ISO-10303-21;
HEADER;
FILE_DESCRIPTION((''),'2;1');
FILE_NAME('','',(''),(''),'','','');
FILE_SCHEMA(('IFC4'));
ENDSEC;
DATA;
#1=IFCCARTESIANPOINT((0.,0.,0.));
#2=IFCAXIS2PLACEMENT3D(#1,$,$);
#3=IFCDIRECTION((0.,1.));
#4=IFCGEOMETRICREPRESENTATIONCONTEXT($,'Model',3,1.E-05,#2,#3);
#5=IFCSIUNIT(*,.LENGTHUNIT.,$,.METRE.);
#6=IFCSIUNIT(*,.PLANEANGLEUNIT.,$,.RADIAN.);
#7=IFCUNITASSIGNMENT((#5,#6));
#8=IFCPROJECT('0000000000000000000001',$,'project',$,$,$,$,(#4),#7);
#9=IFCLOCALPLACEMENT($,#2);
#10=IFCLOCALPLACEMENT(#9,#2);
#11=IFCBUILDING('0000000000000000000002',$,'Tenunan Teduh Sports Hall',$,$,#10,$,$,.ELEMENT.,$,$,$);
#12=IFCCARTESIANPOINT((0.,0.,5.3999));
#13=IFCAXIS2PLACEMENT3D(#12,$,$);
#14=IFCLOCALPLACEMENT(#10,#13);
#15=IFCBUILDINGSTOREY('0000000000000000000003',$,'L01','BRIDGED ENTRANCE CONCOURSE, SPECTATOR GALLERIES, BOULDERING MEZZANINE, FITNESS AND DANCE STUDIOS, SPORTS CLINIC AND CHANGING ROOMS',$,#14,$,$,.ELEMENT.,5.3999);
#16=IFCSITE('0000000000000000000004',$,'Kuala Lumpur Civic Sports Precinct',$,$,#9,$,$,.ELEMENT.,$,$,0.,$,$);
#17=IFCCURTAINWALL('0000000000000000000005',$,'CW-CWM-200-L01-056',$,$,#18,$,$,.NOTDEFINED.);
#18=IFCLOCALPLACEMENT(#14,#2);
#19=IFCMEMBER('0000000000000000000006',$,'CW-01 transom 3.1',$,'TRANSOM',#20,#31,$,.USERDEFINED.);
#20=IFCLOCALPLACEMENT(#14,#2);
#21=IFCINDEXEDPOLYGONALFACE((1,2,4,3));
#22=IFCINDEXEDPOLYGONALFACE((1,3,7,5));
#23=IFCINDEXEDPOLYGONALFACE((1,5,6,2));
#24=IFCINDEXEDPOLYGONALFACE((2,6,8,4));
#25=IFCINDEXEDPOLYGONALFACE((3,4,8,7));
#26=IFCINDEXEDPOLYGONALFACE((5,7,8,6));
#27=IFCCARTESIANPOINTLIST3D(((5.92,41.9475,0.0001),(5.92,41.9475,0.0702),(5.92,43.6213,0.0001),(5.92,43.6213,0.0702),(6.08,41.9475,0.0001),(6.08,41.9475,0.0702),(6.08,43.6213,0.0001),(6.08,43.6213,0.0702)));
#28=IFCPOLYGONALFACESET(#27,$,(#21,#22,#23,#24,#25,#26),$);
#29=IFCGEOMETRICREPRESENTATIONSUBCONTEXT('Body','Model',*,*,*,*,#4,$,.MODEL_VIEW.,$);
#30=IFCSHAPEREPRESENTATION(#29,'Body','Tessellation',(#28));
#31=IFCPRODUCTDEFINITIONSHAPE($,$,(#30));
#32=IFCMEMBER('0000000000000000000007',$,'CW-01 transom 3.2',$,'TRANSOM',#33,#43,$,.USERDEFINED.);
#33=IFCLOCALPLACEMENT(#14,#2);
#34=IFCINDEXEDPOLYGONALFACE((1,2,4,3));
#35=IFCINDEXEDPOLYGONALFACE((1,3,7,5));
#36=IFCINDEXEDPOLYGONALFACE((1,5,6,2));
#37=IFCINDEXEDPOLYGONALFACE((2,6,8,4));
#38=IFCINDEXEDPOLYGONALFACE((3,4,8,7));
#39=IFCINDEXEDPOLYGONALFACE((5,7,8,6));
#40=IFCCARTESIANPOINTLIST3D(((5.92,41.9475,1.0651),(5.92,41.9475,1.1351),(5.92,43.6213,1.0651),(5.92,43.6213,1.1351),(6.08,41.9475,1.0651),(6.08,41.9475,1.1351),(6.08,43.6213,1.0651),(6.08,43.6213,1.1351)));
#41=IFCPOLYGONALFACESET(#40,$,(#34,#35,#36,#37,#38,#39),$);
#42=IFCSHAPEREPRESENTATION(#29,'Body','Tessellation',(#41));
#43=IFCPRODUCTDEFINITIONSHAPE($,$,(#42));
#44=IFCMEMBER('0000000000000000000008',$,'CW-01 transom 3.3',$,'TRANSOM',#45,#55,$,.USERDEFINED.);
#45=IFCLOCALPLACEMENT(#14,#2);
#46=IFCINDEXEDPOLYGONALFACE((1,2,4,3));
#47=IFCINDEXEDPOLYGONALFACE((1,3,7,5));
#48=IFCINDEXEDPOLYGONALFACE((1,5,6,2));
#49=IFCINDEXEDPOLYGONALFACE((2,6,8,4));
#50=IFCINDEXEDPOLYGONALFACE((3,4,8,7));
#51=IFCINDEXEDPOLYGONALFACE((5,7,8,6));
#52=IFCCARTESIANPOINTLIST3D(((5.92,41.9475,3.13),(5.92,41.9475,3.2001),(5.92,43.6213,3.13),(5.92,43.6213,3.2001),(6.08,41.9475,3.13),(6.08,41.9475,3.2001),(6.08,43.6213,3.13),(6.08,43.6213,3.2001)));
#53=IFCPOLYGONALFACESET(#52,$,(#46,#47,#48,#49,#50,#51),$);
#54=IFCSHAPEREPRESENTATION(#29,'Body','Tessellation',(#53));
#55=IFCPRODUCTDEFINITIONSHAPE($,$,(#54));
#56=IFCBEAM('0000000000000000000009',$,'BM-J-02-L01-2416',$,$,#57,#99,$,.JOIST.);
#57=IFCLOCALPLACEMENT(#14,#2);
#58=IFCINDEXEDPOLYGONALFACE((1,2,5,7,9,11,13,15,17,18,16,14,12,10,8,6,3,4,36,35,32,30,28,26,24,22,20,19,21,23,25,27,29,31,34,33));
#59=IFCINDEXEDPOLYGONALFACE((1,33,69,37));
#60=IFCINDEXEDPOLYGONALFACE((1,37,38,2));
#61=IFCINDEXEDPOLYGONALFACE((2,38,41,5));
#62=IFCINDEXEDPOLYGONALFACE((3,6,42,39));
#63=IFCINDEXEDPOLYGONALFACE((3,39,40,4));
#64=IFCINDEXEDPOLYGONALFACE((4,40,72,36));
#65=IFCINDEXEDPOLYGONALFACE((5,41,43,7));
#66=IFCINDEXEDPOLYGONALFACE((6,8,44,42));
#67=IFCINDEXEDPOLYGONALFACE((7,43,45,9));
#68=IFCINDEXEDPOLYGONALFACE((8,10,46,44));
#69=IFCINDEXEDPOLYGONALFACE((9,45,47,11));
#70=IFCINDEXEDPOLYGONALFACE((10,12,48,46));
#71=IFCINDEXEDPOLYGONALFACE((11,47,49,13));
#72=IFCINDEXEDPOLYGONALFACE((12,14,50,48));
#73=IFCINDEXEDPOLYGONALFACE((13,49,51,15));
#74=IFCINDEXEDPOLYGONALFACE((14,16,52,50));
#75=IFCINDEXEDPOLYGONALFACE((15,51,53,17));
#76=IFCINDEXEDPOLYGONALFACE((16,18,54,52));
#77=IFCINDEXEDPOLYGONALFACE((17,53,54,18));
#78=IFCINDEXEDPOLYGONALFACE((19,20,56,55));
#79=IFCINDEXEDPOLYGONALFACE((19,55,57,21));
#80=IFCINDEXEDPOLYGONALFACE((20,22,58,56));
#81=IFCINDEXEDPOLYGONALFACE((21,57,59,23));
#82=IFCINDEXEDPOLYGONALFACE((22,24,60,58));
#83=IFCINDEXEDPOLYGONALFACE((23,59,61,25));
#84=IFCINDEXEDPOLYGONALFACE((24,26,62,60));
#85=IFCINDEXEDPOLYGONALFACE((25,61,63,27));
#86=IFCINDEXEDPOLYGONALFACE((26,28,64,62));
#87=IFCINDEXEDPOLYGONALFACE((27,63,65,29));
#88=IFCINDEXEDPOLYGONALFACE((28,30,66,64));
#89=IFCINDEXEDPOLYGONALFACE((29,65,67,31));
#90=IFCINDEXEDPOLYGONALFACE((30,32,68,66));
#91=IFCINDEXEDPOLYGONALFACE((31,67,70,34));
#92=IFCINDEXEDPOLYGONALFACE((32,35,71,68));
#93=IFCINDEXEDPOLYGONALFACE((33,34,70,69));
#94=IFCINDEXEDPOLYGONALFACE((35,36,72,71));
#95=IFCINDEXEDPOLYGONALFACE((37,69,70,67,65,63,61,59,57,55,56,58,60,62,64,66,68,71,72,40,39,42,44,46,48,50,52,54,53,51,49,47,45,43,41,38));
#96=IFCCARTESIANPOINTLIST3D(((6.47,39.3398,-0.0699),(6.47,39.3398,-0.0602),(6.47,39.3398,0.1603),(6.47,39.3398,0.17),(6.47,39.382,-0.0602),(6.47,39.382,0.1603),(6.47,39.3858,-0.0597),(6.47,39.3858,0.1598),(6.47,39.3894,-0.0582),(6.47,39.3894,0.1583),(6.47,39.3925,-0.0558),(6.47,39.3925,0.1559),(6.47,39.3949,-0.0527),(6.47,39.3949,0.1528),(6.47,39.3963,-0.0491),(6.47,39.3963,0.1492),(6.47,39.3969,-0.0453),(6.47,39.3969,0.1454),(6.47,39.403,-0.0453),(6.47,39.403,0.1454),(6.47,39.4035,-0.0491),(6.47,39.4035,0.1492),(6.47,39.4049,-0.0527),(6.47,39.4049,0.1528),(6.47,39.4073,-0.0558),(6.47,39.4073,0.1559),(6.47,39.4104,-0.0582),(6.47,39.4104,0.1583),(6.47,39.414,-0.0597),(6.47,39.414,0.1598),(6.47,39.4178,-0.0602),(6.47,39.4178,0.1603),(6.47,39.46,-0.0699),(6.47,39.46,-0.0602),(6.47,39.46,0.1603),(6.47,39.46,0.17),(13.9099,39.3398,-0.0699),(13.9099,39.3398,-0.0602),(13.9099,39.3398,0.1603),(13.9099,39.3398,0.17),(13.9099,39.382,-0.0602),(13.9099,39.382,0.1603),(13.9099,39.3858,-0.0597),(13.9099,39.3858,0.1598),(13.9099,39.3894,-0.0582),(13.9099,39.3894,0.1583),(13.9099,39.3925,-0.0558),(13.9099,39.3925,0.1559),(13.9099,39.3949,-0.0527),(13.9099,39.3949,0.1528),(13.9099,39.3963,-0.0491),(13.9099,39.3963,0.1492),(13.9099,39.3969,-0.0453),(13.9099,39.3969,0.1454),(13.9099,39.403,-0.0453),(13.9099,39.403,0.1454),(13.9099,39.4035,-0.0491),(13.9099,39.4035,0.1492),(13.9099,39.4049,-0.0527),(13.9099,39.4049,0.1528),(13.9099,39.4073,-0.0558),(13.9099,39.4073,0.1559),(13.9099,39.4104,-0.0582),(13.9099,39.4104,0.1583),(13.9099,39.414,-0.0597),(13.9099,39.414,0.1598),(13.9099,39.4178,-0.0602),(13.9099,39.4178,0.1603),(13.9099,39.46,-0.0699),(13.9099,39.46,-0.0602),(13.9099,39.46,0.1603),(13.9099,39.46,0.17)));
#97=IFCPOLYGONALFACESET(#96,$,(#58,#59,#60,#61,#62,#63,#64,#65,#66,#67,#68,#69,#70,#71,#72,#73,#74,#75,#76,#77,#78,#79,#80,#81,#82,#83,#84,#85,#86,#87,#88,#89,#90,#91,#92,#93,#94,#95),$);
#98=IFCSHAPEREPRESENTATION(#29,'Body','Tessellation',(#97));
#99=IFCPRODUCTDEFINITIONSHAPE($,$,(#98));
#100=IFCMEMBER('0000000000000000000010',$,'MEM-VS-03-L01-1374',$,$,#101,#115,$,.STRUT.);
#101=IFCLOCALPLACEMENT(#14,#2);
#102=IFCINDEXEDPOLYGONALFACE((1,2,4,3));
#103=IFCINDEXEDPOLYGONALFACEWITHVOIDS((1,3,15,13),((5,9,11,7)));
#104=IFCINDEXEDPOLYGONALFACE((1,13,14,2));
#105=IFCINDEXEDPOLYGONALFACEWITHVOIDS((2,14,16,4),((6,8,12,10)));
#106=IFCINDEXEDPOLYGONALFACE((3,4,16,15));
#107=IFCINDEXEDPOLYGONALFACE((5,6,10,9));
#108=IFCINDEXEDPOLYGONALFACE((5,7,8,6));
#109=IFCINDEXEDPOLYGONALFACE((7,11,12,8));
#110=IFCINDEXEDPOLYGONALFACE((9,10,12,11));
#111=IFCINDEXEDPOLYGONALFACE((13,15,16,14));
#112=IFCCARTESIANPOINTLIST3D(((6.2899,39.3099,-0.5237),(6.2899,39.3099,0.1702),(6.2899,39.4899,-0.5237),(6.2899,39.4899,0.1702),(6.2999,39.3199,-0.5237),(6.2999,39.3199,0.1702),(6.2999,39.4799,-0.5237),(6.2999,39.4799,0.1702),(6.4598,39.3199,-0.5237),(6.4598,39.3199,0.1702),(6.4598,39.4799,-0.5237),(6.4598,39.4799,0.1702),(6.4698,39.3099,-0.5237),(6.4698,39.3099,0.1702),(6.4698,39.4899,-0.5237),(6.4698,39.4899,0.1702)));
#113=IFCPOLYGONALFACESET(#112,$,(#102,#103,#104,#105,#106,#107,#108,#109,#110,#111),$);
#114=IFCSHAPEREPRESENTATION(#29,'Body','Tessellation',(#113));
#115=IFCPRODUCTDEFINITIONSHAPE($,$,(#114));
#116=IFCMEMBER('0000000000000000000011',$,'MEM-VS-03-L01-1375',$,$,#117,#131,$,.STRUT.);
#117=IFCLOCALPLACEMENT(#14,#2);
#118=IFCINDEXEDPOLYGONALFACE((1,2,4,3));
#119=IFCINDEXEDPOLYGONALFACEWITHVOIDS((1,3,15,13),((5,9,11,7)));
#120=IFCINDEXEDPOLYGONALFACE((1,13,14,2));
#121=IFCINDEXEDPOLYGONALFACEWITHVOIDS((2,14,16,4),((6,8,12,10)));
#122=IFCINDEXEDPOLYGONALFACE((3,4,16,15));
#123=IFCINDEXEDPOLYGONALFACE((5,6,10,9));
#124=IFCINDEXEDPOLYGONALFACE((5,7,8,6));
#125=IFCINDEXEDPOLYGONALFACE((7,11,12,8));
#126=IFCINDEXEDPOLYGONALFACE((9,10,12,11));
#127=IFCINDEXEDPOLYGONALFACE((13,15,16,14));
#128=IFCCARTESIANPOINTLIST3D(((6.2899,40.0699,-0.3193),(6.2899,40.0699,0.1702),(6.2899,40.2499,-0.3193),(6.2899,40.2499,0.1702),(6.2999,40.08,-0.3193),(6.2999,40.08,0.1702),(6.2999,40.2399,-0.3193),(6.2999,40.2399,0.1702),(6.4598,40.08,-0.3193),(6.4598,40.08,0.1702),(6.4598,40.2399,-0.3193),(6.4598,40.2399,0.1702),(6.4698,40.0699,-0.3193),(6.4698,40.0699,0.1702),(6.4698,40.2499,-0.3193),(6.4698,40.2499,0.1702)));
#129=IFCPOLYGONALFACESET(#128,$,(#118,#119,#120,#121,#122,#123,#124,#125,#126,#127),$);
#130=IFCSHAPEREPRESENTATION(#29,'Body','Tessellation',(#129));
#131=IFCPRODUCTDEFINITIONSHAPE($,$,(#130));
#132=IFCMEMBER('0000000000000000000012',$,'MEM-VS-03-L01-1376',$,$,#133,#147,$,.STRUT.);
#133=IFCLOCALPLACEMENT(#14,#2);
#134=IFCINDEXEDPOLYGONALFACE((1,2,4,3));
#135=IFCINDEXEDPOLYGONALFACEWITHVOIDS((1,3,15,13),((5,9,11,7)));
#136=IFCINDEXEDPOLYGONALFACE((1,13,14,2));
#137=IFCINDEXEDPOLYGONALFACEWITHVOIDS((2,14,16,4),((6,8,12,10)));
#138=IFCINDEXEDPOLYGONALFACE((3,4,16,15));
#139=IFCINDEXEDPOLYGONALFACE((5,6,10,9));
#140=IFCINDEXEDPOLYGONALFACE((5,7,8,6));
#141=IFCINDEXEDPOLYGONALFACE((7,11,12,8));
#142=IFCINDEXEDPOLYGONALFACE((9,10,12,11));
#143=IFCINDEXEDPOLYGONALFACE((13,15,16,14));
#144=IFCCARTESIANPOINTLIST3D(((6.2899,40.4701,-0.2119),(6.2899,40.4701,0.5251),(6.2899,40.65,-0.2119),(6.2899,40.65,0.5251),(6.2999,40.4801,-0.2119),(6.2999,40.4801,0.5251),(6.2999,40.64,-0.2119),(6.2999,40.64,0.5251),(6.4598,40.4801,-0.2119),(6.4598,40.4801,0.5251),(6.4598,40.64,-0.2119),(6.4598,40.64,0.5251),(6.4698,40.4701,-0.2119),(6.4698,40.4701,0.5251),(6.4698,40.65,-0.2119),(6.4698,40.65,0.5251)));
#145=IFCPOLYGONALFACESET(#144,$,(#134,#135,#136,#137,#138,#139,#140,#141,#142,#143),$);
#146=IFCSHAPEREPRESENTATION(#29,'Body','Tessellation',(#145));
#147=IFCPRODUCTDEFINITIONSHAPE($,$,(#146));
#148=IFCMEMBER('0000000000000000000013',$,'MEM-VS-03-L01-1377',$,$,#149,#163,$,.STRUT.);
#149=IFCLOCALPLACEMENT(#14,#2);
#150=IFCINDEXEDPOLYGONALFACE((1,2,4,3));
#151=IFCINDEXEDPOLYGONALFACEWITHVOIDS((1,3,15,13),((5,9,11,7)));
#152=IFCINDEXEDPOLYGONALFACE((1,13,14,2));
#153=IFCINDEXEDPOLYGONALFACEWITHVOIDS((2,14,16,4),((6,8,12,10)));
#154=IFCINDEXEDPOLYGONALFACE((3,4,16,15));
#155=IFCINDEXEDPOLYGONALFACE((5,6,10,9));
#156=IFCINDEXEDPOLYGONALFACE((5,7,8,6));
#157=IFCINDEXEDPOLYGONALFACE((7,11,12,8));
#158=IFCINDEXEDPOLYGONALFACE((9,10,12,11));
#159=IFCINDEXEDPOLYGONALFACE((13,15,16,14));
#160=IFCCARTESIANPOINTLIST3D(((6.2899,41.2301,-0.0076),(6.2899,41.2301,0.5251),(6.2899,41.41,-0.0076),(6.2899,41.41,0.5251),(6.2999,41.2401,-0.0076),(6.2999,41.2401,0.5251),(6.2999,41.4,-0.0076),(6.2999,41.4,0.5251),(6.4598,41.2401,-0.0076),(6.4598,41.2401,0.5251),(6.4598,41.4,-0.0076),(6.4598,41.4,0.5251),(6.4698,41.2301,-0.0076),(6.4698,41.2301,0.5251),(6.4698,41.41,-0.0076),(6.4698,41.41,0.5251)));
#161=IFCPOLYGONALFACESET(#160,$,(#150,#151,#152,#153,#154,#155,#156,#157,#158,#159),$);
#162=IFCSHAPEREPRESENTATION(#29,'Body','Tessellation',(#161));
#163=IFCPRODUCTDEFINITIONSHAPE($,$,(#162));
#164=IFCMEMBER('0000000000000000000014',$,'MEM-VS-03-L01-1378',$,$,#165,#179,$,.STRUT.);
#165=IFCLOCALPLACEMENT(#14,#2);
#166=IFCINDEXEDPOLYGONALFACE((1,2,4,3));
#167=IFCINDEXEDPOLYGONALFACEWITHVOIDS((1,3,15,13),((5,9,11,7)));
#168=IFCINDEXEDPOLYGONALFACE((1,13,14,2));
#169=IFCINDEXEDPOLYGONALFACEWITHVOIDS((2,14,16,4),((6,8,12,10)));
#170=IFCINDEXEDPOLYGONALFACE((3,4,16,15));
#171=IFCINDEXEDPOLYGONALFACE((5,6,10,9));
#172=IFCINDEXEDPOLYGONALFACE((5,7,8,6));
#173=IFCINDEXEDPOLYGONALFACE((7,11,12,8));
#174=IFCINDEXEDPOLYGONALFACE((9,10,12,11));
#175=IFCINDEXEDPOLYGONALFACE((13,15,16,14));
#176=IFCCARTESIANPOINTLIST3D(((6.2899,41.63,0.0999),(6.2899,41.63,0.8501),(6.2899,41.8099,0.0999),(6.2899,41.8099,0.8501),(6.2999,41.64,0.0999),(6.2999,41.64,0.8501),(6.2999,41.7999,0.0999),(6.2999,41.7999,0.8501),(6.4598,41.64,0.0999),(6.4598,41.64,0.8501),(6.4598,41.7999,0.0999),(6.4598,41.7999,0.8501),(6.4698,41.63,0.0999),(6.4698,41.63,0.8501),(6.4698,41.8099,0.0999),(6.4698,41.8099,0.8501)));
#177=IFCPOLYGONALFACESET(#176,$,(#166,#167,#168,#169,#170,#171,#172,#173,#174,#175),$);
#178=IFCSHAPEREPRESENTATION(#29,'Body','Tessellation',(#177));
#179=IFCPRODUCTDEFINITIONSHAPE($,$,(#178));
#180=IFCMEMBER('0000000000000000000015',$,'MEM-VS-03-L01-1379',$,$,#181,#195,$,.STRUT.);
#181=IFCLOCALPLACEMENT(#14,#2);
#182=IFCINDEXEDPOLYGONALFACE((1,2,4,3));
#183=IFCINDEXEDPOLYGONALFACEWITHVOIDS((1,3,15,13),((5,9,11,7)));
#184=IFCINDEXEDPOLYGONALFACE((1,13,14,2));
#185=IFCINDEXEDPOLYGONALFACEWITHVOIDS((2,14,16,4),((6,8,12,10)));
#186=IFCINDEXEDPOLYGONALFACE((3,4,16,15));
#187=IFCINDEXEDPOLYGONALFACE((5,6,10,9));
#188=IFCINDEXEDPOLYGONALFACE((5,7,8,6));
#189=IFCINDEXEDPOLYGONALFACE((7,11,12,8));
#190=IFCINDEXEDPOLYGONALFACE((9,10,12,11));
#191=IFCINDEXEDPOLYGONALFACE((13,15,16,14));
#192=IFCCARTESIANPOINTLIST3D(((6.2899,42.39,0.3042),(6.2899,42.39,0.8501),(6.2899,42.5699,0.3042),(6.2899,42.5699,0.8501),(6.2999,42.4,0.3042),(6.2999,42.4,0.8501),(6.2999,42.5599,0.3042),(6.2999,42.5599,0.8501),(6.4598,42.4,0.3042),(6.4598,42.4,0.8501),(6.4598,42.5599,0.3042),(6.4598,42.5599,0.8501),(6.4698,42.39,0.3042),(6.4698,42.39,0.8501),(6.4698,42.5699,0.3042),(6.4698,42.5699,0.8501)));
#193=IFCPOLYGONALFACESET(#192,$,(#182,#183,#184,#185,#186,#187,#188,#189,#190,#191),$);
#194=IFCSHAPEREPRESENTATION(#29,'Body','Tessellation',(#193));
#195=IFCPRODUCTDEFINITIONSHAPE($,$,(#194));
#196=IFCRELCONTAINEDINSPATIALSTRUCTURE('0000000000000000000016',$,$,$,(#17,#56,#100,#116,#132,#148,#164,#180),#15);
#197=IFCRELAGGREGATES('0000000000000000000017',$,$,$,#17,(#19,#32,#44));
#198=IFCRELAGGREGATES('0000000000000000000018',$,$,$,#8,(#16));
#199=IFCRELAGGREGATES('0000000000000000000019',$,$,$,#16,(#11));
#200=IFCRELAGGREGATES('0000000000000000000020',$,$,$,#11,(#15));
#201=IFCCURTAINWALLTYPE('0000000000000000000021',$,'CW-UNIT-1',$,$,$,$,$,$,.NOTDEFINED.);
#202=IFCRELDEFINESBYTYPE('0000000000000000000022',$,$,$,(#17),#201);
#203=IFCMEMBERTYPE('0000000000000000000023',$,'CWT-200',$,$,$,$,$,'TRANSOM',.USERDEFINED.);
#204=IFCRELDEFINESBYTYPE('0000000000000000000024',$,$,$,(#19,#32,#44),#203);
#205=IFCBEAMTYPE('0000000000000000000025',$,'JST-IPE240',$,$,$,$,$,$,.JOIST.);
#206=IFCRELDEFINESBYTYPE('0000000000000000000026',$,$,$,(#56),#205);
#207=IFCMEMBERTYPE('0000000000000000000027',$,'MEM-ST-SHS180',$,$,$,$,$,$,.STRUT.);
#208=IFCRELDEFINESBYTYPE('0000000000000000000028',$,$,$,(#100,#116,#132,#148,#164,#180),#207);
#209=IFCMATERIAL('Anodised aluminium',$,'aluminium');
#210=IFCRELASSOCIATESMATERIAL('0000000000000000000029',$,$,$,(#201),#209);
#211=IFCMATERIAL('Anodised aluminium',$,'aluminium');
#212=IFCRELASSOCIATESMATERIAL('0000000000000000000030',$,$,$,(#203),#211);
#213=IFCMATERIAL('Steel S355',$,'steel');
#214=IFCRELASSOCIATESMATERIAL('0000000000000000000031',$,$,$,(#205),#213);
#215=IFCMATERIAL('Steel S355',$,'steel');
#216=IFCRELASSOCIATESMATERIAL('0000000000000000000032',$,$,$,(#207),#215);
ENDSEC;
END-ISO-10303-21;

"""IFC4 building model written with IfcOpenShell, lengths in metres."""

from ifc_helpers import new_model, si_unit, direction, frame, origin, origin_2d, place, context, subcontext, project, spatial, rectangle, hollow_rectangle, i_section, extrude, material, material_profile, profile_set, type_object, element, aggregate, save


model = new_model("IFC4")

# Units and contexts
model_context = context("Model", 3, precision=1e-05, world=origin(), true_north=direction((0.0, 1.0)))
body_context = subcontext(model_context, "Body", "Model", "MODEL_VIEW")
ifc_project = project(units=[si_unit("LENGTHUNIT", "METRE"), si_unit("PLANEANGLEUNIT", "RADIAN")], contexts=[model_context])

# Site, building, storey
site_placement = place(None, origin())
site = spatial("IfcSite", under=ifc_project, at=site_placement, Name="Kuala Lumpur Civic Sports Precinct", CompositionType="ELEMENT", RefElevation=0.0)
building_placement = place(site_placement, origin())
building = spatial("IfcBuilding", under=site, at=building_placement, Name="Tenunan Teduh Sports Hall", CompositionType="ELEMENT")
storey_placement = place(building_placement, frame((0.0, 0.0, 5.3999)))
storey = spatial("IfcBuildingStorey", under=building, at=storey_placement, Name="L01", Description="BRIDGED ENTRANCE CONCOURSE, SPECTATOR GALLERIES, BOULDERING MEZZANINE, FITNESS AND DANCE STUDIOS, SPORTS CLINIC AND CHANGING ROOMS", CompositionType="ELEMENT", Elevation=5.3999)

# Shared definitions
ifc_material_1 = material(Name="Anodised aluminium", Category="aluminium")
curtain_wall_type = type_object("IfcCurtainWallType", Name="CW-UNIT-1", PredefinedType="NOTDEFINED", material=ifc_material_1)

# Curtain wall, members
curtain_wall_1_placement = place(storey_placement, origin())
curtain_wall_1 = element("IfcCurtainWall", 1, at=curtain_wall_1_placement, inside=storey, type_object=curtain_wall_type, Name="CW-CWM-200-L01-056", PredefinedType="NOTDEFINED")
ifc_material_2 = material(Name="Anodised aluminium", Category="aluminium")
ifc_material_profile_1 = material_profile(ifc_material_2, rectangle(XDim=0.0701, YDim=0.1599, at=origin_2d()), Name="CWT 70x160")
ifc_profile_set_1 = profile_set([ifc_material_profile_1], Name="Anodised aluminium")
member_type_1 = type_object("IfcMemberType", Name="CWT-200", ElementType="TRANSOM", PredefinedType="USERDEFINED", material=ifc_profile_set_1)
member_1_placement = place(storey_placement, frame((6.0, 41.9475, 0.0352), z_axis=(0.0, 1.0, 0.0), x_axis=(0.0, 0.0, 1.0)))
member_1 = element("IfcMember", 2, at=member_1_placement, type_object=member_type_1, Name="CW-01 transom 3.1", ObjectType="TRANSOM", PredefinedType="USERDEFINED", context=body_context, shape_type="SweptSolid", body=[
    extrude(rectangle(XDim=0.0701, YDim=0.1599, at=origin_2d()), origin(), (0.0, 0.0, 1.0), 1.6738),
])
member_2_placement = place(storey_placement, frame((6.0, 41.9475, 1.1001), z_axis=(0.0, 1.0, 0.0), x_axis=(0.0, 0.0, 1.0)))
member_2 = element("IfcMember", 3, at=member_2_placement, type_object=member_type_1, Name="CW-01 transom 3.2", ObjectType="TRANSOM", PredefinedType="USERDEFINED", context=body_context, shape_type="SweptSolid", body=[
    extrude(rectangle(XDim=0.0701, YDim=0.1599, at=origin_2d()), origin(), (0.0, 0.0, 1.0), 1.6738),
])
member_3_placement = place(storey_placement, frame((6.0, 41.9475, 3.165), z_axis=(0.0, 1.0, 0.0), x_axis=(0.0, 0.0, 1.0)))
member_3 = element("IfcMember", 4, at=member_3_placement, type_object=member_type_1, Name="CW-01 transom 3.3", ObjectType="TRANSOM", PredefinedType="USERDEFINED", context=body_context, shape_type="SweptSolid", body=[
    extrude(rectangle(XDim=0.0701, YDim=0.1599, at=origin_2d()), origin(), (0.0, 0.0, 1.0), 1.6738),
])

# Beam
ifc_material_3 = material(Name="Steel S355", Category="steel")
ifc_material_profile_2 = material_profile(ifc_material_3, i_section(OverallWidth=0.1201, OverallDepth=0.24, WebThickness=0.0061, FlangeThickness=0.0098, FilletRadius=0.0149, at=origin_2d()), Name="IPE 240")
ifc_profile_set_2 = profile_set([ifc_material_profile_2], Name="Steel S355")
beam_type_1 = type_object("IfcBeamType", Name="JST-IPE240", PredefinedType="JOIST", material=ifc_profile_set_2)
beam_1_placement = place(storey_placement, frame((6.47, 39.3999, 0.05), z_axis=(1.0, 0.0, 0.0), x_axis=(0.0, 1.0, 0.0)))
element("IfcBeam", 5, at=beam_1_placement, inside=storey, type_object=beam_type_1, Name="BM-J-02-L01-2416", PredefinedType="JOIST", context=body_context, shape_type="SweptSolid", body=[
    extrude(i_section(OverallWidth=0.1201, OverallDepth=0.24, WebThickness=0.0061, FlangeThickness=0.0098, FilletRadius=0.0149, at=origin_2d()), origin(), (0.0, 0.0, 1.0), 7.4399),
])

# Members
ifc_material_4 = material(Name="Steel S355", Category="steel")
ifc_material_profile_3 = material_profile(ifc_material_4, hollow_rectangle(XDim=0.1799, YDim=0.1799, WallThickness=0.01, at=origin_2d()), Name="SHS 180x180x10.0")
ifc_profile_set_3 = profile_set([ifc_material_profile_3], Name="Steel S355")
member_type_2 = type_object("IfcMemberType", Name="MEM-ST-SHS180", PredefinedType="STRUT", material=ifc_profile_set_3)
member_4_placement = place(storey_placement, frame((6.3799, 39.3999, -0.5237), z_axis=(0.0, 0.0, 1.0), x_axis=(1.0, 0.0, 0.0)))
element("IfcMember", 6, at=member_4_placement, inside=storey, type_object=member_type_2, Name="MEM-VS-03-L01-1374", PredefinedType="STRUT", context=body_context, shape_type="SweptSolid", body=[
    extrude(hollow_rectangle(XDim=0.1799, YDim=0.1799, WallThickness=0.01, at=origin_2d()), origin(), (0.0, 0.0, 1.0), 0.6938),
])
member_5_placement = place(storey_placement, frame((6.3799, 40.1599, -0.3193), z_axis=(0.0, 0.0, 1.0), x_axis=(1.0, 0.0, 0.0)))
element("IfcMember", 7, at=member_5_placement, inside=storey, type_object=member_type_2, Name="MEM-VS-03-L01-1375", PredefinedType="STRUT", context=body_context, shape_type="SweptSolid", body=[
    extrude(hollow_rectangle(XDim=0.1799, YDim=0.1799, WallThickness=0.01, at=origin_2d()), origin(), (0.0, 0.0, 1.0), 0.4895),
])
member_6_placement = place(storey_placement, frame((6.3799, 40.5601, -0.2119), z_axis=(0.0, 0.0, 1.0), x_axis=(1.0, 0.0, 0.0)))
element("IfcMember", 8, at=member_6_placement, inside=storey, type_object=member_type_2, Name="MEM-VS-03-L01-1376", PredefinedType="STRUT", context=body_context, shape_type="SweptSolid", body=[
    extrude(hollow_rectangle(XDim=0.1799, YDim=0.1799, WallThickness=0.01, at=origin_2d()), origin(), (0.0, 0.0, 1.0), 0.7371),
])
member_7_placement = place(storey_placement, frame((6.3799, 41.3201, -0.0076), z_axis=(0.0, 0.0, 1.0), x_axis=(1.0, 0.0, 0.0)))
element("IfcMember", 9, at=member_7_placement, inside=storey, type_object=member_type_2, Name="MEM-VS-03-L01-1377", PredefinedType="STRUT", context=body_context, shape_type="SweptSolid", body=[
    extrude(hollow_rectangle(XDim=0.1799, YDim=0.1799, WallThickness=0.01, at=origin_2d()), origin(), (0.0, 0.0, 1.0), 0.5327),
])
member_8_placement = place(storey_placement, frame((6.3799, 41.72, 0.0999), z_axis=(0.0, 0.0, 1.0), x_axis=(1.0, 0.0, 0.0)))
element("IfcMember", 10, at=member_8_placement, inside=storey, type_object=member_type_2, Name="MEM-VS-03-L01-1378", PredefinedType="STRUT", context=body_context, shape_type="SweptSolid", body=[
    extrude(hollow_rectangle(XDim=0.1799, YDim=0.1799, WallThickness=0.01, at=origin_2d()), origin(), (0.0, 0.0, 1.0), 0.7502),
])
member_9_placement = place(storey_placement, frame((6.3799, 42.48, 0.3042), z_axis=(0.0, 0.0, 1.0), x_axis=(1.0, 0.0, 0.0)))
element("IfcMember", 11, at=member_9_placement, inside=storey, type_object=member_type_2, Name="MEM-VS-03-L01-1379", PredefinedType="STRUT", context=body_context, shape_type="SweptSolid", body=[
    extrude(hollow_rectangle(XDim=0.1799, YDim=0.1799, WallThickness=0.01, at=origin_2d()), origin(), (0.0, 0.0, 1.0), 0.5459),
])

aggregate(curtain_wall_1, [member_1, member_2, member_3])

save(model, "model.ifc")
